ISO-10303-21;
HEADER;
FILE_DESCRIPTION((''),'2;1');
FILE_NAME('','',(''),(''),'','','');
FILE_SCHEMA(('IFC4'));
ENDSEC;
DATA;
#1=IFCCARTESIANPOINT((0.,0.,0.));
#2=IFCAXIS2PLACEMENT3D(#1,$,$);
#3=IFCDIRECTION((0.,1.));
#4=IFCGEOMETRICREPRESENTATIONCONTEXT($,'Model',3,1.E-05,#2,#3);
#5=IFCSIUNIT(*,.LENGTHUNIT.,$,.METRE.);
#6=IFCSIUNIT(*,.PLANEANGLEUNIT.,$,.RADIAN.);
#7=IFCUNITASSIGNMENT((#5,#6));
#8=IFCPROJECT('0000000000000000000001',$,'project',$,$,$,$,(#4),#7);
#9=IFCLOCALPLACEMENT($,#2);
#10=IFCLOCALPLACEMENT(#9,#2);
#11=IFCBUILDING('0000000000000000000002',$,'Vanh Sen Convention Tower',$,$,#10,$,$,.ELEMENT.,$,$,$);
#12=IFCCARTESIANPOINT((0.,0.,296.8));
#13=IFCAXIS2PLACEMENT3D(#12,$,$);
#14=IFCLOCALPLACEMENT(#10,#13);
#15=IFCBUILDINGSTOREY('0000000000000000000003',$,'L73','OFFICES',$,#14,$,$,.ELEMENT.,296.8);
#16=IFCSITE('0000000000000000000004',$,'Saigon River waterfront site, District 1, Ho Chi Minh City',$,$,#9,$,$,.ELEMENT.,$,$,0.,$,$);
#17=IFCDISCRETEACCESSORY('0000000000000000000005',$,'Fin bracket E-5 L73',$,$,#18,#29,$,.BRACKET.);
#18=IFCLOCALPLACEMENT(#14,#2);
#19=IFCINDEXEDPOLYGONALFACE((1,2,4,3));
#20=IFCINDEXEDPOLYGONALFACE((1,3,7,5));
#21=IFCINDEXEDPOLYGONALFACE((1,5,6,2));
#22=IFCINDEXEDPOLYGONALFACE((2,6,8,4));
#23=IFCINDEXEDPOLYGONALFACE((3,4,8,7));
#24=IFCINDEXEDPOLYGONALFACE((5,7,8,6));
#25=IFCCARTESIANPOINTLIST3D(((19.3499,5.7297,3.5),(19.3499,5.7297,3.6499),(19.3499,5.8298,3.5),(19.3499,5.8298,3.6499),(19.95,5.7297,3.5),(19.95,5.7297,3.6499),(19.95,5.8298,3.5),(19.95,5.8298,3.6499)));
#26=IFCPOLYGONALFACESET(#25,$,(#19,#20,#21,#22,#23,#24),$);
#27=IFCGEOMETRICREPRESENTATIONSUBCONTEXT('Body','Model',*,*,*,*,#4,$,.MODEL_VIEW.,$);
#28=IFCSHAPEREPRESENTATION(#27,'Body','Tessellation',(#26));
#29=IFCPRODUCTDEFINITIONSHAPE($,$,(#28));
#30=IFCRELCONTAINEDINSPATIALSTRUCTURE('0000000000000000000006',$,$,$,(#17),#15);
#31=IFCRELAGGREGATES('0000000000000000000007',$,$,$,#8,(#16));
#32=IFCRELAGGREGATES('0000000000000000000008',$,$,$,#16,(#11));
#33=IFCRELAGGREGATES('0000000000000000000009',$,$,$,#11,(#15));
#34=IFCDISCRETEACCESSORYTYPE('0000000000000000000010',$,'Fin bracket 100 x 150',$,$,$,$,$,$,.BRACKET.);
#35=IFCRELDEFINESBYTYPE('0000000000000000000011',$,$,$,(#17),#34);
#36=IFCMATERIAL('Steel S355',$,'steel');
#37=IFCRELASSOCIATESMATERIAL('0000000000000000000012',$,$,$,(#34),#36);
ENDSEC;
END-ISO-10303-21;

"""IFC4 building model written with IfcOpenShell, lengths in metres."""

from ifc_helpers import new_model, si_unit, direction, frame, origin, origin_2d, place, context, subcontext, project, spatial, rectangle, extrude, material, type_object, element, save


model = new_model("IFC4")

# Units and contexts
model_context = context("Model", 3, precision=1e-05, world=origin(), true_north=direction((0.0, 1.0)))
body_context = subcontext(model_context, "Body", "Model", "MODEL_VIEW")
ifc_project = project(units=[si_unit("LENGTHUNIT", "METRE"), si_unit("PLANEANGLEUNIT", "RADIAN")], contexts=[model_context])

# Site, building, storey
site_placement = place(None, origin())
site = spatial("IfcSite", under=ifc_project, at=site_placement, Name="Saigon River waterfront site, District 1, Ho Chi Minh City", CompositionType="ELEMENT", RefElevation=0.0)
building_placement = place(site_placement, origin())
building = spatial("IfcBuilding", under=site, at=building_placement, Name="Vanh Sen Convention Tower", CompositionType="ELEMENT")
storey_placement = place(building_placement, frame((0.0, 0.0, 296.8)))
storey = spatial("IfcBuildingStorey", under=building, at=storey_placement, Name="L73", Description="OFFICES", CompositionType="ELEMENT", Elevation=296.8)

# Discrete accessory
ifc_material_1 = material(Name="Steel S355", Category="steel")
discrete_accessory_type = type_object("IfcDiscreteAccessoryType", Name="Fin bracket 100 x 150", PredefinedType="BRACKET", material=ifc_material_1)
discrete_accessory_placement = place(storey_placement, frame((19.6499, 5.7798, 3.5), z_axis=(0.0, 0.0, 1.0), x_axis=(1.0, 0.0, 0.0)))
element("IfcDiscreteAccessory", 1, at=discrete_accessory_placement, inside=storey, type_object=discrete_accessory_type, Name="Fin bracket E-5 L73", PredefinedType="BRACKET", context=body_context, shape_type="SweptSolid", body=[
    extrude(rectangle(XDim=0.6001, YDim=0.1001, at=origin_2d()), origin(), (0.0, 0.0, 1.0), 0.1499),
])

save(model, "model.ifc")
